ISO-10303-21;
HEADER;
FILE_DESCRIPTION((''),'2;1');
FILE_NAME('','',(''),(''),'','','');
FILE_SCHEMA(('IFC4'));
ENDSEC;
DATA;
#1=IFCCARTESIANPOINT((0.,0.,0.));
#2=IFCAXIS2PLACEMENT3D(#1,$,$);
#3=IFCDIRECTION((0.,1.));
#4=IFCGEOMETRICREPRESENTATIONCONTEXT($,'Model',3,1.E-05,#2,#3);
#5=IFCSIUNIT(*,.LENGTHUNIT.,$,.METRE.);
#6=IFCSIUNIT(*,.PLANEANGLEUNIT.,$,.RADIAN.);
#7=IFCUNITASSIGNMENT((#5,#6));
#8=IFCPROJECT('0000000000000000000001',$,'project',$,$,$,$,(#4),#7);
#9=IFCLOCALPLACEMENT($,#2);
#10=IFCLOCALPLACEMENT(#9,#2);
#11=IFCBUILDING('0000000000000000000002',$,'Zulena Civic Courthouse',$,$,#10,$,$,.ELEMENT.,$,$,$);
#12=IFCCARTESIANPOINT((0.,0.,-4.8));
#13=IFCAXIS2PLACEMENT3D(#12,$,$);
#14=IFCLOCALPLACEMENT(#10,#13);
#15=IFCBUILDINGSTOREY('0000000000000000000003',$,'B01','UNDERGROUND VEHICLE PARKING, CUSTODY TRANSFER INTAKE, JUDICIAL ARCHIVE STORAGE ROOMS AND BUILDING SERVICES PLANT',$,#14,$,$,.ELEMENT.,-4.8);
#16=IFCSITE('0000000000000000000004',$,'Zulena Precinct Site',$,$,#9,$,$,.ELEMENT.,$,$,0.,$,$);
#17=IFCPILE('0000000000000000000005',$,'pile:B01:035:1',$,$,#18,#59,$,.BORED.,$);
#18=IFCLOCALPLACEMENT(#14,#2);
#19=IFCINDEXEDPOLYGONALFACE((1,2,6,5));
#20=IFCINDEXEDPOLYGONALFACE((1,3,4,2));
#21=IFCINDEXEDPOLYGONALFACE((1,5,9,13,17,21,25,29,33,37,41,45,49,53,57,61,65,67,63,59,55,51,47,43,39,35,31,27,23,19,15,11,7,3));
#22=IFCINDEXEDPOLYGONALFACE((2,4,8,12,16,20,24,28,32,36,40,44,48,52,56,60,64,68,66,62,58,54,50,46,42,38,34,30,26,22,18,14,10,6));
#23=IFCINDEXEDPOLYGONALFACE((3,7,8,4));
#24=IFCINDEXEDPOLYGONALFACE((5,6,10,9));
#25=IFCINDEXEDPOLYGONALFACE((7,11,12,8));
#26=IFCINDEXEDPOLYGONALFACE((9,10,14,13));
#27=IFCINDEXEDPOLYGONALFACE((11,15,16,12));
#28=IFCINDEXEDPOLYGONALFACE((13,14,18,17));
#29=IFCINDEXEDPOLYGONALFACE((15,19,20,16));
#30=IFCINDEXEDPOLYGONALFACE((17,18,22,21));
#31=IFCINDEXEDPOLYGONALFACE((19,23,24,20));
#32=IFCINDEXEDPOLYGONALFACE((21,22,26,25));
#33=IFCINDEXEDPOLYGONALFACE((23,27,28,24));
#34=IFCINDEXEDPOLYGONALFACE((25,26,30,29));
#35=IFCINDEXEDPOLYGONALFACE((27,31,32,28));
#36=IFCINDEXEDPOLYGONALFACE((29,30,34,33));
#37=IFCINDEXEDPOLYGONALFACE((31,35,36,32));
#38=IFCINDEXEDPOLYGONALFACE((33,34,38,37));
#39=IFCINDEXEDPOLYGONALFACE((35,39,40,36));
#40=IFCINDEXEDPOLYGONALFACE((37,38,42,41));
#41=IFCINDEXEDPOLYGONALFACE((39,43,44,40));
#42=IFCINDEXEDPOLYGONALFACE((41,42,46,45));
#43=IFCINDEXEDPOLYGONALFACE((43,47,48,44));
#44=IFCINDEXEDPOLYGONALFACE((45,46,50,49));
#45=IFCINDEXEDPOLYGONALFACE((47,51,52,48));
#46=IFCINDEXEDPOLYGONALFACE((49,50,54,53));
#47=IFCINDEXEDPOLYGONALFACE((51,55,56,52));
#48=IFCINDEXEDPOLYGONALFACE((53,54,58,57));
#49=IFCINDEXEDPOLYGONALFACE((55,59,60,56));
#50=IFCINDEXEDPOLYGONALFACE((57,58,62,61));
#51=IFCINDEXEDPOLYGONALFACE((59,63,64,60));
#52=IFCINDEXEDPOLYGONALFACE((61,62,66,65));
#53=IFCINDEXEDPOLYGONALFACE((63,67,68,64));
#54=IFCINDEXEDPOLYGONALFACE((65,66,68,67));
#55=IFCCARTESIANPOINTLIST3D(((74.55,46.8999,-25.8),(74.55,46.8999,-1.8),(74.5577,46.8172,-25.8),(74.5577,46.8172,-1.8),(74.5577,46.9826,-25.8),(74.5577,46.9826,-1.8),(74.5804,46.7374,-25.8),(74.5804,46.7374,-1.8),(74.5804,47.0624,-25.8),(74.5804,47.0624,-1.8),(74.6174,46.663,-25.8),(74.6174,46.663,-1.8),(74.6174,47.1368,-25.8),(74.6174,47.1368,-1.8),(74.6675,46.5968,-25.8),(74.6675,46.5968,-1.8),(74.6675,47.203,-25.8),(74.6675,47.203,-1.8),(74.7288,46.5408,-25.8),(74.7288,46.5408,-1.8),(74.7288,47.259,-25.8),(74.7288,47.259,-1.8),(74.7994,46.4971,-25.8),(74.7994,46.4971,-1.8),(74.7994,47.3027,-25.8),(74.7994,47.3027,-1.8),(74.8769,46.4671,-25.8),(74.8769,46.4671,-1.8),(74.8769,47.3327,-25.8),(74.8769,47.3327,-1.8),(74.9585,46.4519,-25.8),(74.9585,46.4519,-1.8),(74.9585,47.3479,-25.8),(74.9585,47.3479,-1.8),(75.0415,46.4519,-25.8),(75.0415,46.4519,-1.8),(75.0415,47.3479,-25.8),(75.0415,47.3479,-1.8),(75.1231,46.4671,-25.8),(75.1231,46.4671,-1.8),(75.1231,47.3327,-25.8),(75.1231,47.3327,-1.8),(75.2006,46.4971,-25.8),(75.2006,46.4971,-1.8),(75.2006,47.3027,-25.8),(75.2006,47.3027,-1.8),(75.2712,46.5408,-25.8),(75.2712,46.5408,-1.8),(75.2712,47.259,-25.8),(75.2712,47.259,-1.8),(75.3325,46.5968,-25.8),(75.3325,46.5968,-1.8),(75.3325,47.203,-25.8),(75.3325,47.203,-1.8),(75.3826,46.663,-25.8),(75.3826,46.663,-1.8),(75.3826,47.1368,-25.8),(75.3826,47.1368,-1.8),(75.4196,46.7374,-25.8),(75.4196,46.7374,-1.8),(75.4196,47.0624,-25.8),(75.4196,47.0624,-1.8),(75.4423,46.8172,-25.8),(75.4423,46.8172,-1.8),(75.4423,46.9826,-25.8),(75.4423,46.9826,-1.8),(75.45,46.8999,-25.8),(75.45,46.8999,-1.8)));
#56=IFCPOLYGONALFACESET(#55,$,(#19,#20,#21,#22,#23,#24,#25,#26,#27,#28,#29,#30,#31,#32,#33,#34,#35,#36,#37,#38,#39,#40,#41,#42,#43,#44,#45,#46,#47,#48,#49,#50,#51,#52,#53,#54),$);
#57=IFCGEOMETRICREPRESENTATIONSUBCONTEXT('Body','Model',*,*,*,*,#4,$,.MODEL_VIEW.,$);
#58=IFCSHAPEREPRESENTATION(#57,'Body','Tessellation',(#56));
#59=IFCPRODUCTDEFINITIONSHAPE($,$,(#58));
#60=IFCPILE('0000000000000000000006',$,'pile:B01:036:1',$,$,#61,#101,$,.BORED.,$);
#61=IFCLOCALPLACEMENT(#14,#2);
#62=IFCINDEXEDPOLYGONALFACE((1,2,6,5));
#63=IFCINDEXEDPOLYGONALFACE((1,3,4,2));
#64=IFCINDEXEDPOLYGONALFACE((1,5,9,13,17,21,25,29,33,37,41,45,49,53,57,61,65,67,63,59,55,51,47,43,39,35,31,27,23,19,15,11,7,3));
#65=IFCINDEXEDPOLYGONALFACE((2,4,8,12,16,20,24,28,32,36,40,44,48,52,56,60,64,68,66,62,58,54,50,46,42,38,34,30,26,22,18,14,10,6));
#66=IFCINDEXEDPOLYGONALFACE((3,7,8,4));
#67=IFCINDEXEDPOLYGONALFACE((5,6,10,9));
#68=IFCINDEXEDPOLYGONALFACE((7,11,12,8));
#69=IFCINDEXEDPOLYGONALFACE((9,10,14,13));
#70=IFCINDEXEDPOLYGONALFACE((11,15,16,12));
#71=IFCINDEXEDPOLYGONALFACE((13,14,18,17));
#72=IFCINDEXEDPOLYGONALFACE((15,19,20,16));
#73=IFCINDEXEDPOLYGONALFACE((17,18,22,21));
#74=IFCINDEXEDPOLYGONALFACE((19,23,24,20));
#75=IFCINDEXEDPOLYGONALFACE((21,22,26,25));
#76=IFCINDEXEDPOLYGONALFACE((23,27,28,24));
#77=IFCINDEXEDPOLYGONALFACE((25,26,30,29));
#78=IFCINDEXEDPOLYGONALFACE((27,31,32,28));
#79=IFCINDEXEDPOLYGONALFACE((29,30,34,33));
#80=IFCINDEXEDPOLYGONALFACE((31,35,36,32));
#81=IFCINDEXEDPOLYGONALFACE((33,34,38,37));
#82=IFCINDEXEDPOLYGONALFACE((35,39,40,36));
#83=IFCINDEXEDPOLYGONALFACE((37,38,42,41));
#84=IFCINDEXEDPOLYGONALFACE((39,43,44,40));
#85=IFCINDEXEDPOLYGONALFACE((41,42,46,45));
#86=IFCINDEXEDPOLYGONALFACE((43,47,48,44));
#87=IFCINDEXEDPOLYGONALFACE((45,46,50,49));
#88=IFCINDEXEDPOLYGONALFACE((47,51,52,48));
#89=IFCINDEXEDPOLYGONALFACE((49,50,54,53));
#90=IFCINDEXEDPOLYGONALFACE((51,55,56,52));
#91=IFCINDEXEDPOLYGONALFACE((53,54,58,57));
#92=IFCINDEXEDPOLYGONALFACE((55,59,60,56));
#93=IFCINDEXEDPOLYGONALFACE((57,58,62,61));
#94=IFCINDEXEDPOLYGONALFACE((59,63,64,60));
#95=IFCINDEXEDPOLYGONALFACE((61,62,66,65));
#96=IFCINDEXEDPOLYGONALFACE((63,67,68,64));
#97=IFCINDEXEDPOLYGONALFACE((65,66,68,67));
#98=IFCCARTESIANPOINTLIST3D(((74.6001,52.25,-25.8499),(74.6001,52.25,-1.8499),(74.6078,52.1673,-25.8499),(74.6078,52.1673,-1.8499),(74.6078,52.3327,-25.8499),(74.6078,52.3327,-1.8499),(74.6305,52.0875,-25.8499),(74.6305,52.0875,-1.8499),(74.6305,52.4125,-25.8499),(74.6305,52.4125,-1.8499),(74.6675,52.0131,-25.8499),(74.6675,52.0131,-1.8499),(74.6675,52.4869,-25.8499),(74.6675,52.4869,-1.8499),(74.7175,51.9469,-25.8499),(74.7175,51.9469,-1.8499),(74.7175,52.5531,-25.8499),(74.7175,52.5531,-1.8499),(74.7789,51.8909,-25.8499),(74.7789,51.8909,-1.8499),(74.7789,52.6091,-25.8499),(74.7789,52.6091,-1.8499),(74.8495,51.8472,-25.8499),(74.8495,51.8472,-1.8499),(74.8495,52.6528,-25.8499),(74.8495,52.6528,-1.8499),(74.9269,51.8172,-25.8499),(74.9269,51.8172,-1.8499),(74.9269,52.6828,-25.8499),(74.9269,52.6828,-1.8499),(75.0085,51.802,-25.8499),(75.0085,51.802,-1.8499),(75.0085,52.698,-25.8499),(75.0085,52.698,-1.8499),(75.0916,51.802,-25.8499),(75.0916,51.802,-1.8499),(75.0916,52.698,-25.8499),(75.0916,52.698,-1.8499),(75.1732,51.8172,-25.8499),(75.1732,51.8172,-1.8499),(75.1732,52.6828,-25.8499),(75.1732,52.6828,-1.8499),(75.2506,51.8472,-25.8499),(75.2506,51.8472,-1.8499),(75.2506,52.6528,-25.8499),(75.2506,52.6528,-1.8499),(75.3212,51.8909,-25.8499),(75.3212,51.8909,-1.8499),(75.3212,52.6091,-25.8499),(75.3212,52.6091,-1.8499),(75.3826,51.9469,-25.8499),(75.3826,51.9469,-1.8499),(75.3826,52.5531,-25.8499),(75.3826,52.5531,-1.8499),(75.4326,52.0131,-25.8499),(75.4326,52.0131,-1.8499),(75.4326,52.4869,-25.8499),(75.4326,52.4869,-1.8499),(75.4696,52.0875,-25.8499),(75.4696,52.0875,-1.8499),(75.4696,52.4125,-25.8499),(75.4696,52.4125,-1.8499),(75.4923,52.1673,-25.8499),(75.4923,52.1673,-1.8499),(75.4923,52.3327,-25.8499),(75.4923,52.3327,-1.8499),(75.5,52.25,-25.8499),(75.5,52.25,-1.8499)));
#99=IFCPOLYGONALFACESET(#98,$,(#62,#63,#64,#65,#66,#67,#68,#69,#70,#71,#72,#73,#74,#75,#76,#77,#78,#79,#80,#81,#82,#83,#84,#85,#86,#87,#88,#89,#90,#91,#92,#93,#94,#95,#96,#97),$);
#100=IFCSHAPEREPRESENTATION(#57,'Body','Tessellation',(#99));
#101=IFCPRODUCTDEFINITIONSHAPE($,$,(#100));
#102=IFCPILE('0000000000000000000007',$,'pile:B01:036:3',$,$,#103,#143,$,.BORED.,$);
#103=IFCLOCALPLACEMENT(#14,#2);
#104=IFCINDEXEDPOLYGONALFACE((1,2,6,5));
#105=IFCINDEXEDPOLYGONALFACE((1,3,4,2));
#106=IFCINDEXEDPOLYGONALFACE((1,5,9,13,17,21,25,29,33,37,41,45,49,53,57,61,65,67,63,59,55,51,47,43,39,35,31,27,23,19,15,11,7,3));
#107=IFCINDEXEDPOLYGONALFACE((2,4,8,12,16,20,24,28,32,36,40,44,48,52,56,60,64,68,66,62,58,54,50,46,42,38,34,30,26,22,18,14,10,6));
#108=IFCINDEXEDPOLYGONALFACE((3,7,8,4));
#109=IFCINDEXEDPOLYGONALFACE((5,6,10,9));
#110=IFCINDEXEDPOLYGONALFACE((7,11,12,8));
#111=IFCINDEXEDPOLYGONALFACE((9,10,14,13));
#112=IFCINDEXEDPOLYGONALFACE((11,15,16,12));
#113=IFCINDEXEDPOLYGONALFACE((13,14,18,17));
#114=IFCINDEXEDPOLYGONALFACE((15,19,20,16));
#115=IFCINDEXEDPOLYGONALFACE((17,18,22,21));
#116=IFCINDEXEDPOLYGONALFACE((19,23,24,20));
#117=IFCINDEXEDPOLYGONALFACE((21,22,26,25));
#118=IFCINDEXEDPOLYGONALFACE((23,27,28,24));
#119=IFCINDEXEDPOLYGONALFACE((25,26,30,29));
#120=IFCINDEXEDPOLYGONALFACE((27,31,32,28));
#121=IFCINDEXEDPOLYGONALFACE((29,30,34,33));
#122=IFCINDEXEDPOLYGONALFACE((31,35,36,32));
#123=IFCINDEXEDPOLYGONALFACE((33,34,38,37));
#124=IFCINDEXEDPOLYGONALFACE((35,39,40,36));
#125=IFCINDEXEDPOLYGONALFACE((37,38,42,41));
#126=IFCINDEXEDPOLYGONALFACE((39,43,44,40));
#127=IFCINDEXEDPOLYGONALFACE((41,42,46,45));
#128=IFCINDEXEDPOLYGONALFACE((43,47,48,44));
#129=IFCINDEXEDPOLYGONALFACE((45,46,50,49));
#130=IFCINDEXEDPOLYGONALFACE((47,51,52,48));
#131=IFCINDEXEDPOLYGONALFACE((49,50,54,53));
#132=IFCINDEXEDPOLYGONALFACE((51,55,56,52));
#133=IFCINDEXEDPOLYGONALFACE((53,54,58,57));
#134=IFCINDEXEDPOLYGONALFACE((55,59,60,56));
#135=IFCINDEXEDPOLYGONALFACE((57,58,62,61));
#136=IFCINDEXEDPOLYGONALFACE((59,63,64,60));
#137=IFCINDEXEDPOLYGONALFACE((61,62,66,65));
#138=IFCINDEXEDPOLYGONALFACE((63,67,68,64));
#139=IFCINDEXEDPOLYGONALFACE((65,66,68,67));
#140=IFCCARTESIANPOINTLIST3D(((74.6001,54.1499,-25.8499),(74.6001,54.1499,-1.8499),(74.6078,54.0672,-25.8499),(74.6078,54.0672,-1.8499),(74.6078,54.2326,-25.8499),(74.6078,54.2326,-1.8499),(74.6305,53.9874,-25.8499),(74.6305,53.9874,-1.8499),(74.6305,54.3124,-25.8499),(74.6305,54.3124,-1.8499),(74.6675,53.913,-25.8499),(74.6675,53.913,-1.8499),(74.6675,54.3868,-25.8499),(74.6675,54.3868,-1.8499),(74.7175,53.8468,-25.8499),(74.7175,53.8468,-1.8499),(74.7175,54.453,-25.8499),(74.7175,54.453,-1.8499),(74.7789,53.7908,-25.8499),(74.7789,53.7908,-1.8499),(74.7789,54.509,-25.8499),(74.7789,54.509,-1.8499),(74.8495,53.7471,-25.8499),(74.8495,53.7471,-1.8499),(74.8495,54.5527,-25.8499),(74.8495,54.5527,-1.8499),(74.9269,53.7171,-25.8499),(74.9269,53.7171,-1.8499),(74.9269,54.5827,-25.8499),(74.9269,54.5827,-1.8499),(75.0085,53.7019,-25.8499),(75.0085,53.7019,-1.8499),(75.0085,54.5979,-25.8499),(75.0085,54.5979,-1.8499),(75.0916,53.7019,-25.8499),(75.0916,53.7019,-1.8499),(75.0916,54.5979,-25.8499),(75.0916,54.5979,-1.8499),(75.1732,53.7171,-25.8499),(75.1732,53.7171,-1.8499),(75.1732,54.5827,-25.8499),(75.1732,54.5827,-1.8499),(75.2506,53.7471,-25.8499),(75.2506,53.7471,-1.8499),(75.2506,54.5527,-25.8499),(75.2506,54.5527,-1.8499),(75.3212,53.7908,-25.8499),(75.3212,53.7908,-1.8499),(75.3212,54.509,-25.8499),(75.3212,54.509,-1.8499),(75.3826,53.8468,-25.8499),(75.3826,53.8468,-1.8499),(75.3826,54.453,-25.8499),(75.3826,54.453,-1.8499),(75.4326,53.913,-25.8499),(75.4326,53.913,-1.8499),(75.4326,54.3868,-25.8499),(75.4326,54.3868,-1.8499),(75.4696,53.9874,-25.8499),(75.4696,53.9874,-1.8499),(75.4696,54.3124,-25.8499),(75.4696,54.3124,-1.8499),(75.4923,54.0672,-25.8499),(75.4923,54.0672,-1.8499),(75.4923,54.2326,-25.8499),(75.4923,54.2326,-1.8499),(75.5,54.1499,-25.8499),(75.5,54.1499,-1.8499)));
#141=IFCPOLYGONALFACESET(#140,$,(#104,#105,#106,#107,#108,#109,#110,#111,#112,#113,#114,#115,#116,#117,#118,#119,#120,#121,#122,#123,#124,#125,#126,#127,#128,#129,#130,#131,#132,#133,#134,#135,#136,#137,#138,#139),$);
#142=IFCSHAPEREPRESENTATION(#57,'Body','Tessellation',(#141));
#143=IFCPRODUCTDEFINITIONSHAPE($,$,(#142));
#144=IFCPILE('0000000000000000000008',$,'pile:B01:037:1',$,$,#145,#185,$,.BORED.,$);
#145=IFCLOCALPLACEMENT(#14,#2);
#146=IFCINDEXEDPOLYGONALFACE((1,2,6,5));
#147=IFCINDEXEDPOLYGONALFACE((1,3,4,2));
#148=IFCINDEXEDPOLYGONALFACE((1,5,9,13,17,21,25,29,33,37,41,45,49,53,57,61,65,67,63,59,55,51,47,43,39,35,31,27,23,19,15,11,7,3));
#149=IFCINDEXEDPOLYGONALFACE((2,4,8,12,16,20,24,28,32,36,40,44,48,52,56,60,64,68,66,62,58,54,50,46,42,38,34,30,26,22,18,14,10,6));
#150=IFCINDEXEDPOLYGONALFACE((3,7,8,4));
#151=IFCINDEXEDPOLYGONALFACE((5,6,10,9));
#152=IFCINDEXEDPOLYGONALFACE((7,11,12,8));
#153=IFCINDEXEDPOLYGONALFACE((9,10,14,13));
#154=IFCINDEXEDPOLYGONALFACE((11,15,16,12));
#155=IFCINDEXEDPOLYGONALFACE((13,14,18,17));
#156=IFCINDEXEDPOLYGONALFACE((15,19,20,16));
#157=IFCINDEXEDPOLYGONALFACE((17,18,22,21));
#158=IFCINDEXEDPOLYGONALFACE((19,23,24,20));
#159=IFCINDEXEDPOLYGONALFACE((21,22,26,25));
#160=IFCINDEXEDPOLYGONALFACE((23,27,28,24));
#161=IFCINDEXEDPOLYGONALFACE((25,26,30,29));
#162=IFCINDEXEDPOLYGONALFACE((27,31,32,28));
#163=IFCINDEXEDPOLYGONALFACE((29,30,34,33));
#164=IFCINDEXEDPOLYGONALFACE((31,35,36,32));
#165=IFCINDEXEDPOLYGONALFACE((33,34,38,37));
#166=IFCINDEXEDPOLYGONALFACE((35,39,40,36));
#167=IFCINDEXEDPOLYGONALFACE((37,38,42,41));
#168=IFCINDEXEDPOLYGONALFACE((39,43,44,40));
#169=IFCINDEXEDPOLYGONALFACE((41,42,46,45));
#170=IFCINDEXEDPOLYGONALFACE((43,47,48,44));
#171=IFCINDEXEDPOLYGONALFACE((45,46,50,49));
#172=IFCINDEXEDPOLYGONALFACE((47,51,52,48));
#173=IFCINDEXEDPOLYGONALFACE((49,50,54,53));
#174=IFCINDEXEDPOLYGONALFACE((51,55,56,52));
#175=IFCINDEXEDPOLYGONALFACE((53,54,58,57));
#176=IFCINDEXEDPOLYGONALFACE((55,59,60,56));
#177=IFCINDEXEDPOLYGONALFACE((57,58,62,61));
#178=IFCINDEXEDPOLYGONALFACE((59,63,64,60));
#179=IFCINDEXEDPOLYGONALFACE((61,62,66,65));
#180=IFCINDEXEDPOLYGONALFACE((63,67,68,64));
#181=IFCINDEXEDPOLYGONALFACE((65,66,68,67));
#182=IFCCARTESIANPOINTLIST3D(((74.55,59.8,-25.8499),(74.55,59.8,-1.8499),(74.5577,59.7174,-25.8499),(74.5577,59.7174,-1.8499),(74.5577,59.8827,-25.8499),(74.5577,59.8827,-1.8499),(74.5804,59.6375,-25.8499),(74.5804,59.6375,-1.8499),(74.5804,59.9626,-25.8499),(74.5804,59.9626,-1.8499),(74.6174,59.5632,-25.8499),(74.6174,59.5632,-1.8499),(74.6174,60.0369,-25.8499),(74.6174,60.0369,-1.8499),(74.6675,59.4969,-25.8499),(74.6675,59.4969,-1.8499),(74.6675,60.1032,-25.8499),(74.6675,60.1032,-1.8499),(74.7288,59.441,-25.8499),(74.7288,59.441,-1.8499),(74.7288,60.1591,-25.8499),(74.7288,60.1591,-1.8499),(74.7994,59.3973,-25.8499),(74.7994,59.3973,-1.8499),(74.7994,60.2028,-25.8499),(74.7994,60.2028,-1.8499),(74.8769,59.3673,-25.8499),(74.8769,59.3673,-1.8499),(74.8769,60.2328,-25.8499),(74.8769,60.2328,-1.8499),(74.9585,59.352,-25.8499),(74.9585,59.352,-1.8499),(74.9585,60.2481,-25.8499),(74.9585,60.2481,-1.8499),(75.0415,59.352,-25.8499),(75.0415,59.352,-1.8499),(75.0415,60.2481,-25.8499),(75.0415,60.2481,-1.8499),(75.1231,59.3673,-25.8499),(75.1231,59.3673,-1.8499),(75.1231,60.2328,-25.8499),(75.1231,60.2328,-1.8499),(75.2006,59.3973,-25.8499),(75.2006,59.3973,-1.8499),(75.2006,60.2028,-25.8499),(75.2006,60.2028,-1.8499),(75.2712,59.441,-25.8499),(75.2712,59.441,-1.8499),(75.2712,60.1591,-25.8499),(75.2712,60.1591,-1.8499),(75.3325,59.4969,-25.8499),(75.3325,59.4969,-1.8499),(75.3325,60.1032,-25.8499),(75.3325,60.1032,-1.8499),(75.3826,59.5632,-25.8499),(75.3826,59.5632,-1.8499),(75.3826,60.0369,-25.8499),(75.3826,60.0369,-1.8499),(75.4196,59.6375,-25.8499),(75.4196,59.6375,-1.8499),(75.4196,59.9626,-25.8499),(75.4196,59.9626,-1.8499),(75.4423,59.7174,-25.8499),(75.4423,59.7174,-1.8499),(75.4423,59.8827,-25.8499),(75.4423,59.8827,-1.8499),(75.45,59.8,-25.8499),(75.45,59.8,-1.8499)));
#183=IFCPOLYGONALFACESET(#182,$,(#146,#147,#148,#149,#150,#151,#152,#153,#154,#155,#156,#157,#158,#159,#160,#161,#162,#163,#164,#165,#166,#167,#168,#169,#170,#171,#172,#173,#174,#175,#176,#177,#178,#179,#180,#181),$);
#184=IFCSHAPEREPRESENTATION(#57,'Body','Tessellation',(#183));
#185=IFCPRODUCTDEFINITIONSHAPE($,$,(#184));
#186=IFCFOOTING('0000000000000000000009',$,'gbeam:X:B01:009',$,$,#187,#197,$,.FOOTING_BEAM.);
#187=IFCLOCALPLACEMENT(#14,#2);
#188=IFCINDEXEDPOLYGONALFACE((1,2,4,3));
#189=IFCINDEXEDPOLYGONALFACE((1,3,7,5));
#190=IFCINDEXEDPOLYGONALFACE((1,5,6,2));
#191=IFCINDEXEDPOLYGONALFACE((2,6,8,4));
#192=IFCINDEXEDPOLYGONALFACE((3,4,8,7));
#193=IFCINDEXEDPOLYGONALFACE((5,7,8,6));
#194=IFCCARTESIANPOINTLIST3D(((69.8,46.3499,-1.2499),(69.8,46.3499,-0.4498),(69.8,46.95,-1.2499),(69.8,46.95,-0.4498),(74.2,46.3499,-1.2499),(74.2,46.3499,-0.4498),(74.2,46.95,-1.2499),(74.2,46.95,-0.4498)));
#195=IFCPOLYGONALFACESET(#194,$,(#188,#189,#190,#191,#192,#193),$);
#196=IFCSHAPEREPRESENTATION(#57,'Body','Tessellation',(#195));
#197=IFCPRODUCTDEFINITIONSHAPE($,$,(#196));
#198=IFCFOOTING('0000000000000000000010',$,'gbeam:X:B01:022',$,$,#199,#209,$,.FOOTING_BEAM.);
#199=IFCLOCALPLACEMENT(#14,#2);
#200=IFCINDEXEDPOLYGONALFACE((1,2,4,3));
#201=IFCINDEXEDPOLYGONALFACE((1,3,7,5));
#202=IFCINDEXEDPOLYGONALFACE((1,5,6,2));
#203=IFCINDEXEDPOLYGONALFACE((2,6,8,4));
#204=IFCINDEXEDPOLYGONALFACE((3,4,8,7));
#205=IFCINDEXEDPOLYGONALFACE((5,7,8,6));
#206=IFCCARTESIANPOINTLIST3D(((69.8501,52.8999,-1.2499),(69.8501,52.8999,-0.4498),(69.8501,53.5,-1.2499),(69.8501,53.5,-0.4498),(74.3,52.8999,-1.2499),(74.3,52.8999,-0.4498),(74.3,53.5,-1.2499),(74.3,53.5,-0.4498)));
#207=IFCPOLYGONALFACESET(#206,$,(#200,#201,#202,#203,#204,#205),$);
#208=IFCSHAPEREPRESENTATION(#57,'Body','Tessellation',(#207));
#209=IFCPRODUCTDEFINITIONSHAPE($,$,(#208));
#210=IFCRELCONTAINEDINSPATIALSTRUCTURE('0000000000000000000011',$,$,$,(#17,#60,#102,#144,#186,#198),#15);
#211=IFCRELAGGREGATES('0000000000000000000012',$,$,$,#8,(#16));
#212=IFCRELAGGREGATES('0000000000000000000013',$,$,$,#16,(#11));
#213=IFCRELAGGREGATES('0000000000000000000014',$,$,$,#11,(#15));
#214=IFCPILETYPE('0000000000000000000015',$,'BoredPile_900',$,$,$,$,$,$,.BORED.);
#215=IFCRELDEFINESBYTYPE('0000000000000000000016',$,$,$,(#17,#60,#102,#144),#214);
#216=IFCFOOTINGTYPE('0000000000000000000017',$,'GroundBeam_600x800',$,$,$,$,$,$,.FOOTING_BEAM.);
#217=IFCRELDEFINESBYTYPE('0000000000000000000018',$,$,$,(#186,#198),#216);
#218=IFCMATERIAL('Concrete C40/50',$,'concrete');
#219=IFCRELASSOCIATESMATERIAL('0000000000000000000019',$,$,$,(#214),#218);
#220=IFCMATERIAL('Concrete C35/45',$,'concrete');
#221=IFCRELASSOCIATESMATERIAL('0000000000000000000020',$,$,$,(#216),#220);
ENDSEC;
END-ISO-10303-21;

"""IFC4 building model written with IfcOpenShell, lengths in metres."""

from ifc_helpers import new_model, si_unit, direction, frame, origin, origin_2d, place, context, subcontext, project, spatial, rectangle, circle, extrude, material, material_profile, profile_set, type_object, element, save


model = new_model("IFC4")

# Units and contexts
model_context = context("Model", 3, precision=1e-05, world=origin(), true_north=direction((0.0, 1.0)))
body_context = subcontext(model_context, "Body", "Model", "MODEL_VIEW")
ifc_project = project(units=[si_unit("LENGTHUNIT", "METRE"), si_unit("PLANEANGLEUNIT", "RADIAN")], contexts=[model_context])

# Site, building, storey
site_placement = place(None, origin())
site = spatial("IfcSite", under=ifc_project, at=site_placement, Name="Zulena Precinct Site", CompositionType="ELEMENT", RefElevation=0.0)
building_placement = place(site_placement, origin())
building = spatial("IfcBuilding", under=site, at=building_placement, Name="Zulena Civic Courthouse", CompositionType="ELEMENT")
storey_placement = place(building_placement, frame((0.0, 0.0, -4.8)))
storey = spatial("IfcBuildingStorey", under=building, at=storey_placement, Name="B01", Description="UNDERGROUND VEHICLE PARKING, CUSTODY TRANSFER INTAKE, JUDICIAL ARCHIVE STORAGE ROOMS AND BUILDING SERVICES PLANT", CompositionType="ELEMENT", Elevation=-4.8)

# Piles
ifc_material_1 = material(Name="Concrete C40/50", Category="concrete")
ifc_material_profile_1 = material_profile(ifc_material_1, circle(Radius=0.45, at=origin_2d()), Name="PILE900")
ifc_profile_set_1 = profile_set([ifc_material_profile_1], Name="Concrete C40/50")
pile_type = type_object("IfcPileType", Name="BoredPile_900", PredefinedType="BORED", material=ifc_profile_set_1)
for number, where, z_axis, x_axis, name in (
    (1, (75.0, 46.8999, -1.8), (0.0, 0.0, -1.0), (1.0, 0.0, 0.0), "pile:B01:035:1"),
    (2, (75.05, 52.25, -1.8499), (0.0, 0.0, -1.0), (1.0, 0.0, 0.0), "pile:B01:036:1"),
    (3, (75.05, 54.1499, -1.8499), (0.0, 0.0, -1.0), (1.0, 0.0, 0.0), "pile:B01:036:3"),
    (4, (75.0, 59.8, -1.8499), (0.0, 0.0, -1.0), (1.0, 0.0, 0.0), "pile:B01:037:1"),
):
    element("IfcPile", number, at=place(storey_placement, frame(where, z_axis=z_axis, x_axis=x_axis)), inside=storey, type_object=pile_type, Name=name, PredefinedType="BORED", context=body_context, shape_type="SweptSolid", body=[
        extrude(circle(Radius=0.45, at=origin_2d()), origin(), (0.0, 0.0, 1.0), 24.0),
    ])

# Footings
ifc_material_2 = material(Name="Concrete C35/45", Category="concrete")
ifc_material_profile_2 = material_profile(ifc_material_2, rectangle(XDim=0.6001, YDim=0.8, at=origin_2d()), Name="RC600X800")
ifc_profile_set_2 = profile_set([ifc_material_profile_2], Name="Concrete C35/45")
footing_type_1 = type_object("IfcFootingType", Name="GroundBeam_600x800", PredefinedType="FOOTING_BEAM", material=ifc_profile_set_2)
footing_1_placement = place(storey_placement, frame((69.8, 46.6499, -0.8499), z_axis=(1.0, 0.0, 0.0), x_axis=(0.0, 1.0, 0.0)))
element("IfcFooting", 5, at=footing_1_placement, inside=storey, type_object=footing_type_1, Name="gbeam:X:B01:009", PredefinedType="FOOTING_BEAM", context=body_context, shape_type="SweptSolid", body=[
    extrude(rectangle(XDim=0.6001, YDim=0.8, at=origin_2d()), origin(), (0.0, 0.0, 1.0), 4.3999),
])
footing_2_placement = place(storey_placement, frame((69.8501, 53.2, -0.8499), z_axis=(1.0, 0.0, 0.0), x_axis=(0.0, 1.0, 0.0)))
element("IfcFooting", 6, at=footing_2_placement, inside=storey, type_object=footing_type_1, Name="gbeam:X:B01:022", PredefinedType="FOOTING_BEAM", context=body_context, shape_type="SweptSolid", body=[
    extrude(rectangle(XDim=0.6001, YDim=0.8, at=origin_2d()), origin(), (0.0, 0.0, 1.0), 4.45),
])

save(model, "model.ifc")
